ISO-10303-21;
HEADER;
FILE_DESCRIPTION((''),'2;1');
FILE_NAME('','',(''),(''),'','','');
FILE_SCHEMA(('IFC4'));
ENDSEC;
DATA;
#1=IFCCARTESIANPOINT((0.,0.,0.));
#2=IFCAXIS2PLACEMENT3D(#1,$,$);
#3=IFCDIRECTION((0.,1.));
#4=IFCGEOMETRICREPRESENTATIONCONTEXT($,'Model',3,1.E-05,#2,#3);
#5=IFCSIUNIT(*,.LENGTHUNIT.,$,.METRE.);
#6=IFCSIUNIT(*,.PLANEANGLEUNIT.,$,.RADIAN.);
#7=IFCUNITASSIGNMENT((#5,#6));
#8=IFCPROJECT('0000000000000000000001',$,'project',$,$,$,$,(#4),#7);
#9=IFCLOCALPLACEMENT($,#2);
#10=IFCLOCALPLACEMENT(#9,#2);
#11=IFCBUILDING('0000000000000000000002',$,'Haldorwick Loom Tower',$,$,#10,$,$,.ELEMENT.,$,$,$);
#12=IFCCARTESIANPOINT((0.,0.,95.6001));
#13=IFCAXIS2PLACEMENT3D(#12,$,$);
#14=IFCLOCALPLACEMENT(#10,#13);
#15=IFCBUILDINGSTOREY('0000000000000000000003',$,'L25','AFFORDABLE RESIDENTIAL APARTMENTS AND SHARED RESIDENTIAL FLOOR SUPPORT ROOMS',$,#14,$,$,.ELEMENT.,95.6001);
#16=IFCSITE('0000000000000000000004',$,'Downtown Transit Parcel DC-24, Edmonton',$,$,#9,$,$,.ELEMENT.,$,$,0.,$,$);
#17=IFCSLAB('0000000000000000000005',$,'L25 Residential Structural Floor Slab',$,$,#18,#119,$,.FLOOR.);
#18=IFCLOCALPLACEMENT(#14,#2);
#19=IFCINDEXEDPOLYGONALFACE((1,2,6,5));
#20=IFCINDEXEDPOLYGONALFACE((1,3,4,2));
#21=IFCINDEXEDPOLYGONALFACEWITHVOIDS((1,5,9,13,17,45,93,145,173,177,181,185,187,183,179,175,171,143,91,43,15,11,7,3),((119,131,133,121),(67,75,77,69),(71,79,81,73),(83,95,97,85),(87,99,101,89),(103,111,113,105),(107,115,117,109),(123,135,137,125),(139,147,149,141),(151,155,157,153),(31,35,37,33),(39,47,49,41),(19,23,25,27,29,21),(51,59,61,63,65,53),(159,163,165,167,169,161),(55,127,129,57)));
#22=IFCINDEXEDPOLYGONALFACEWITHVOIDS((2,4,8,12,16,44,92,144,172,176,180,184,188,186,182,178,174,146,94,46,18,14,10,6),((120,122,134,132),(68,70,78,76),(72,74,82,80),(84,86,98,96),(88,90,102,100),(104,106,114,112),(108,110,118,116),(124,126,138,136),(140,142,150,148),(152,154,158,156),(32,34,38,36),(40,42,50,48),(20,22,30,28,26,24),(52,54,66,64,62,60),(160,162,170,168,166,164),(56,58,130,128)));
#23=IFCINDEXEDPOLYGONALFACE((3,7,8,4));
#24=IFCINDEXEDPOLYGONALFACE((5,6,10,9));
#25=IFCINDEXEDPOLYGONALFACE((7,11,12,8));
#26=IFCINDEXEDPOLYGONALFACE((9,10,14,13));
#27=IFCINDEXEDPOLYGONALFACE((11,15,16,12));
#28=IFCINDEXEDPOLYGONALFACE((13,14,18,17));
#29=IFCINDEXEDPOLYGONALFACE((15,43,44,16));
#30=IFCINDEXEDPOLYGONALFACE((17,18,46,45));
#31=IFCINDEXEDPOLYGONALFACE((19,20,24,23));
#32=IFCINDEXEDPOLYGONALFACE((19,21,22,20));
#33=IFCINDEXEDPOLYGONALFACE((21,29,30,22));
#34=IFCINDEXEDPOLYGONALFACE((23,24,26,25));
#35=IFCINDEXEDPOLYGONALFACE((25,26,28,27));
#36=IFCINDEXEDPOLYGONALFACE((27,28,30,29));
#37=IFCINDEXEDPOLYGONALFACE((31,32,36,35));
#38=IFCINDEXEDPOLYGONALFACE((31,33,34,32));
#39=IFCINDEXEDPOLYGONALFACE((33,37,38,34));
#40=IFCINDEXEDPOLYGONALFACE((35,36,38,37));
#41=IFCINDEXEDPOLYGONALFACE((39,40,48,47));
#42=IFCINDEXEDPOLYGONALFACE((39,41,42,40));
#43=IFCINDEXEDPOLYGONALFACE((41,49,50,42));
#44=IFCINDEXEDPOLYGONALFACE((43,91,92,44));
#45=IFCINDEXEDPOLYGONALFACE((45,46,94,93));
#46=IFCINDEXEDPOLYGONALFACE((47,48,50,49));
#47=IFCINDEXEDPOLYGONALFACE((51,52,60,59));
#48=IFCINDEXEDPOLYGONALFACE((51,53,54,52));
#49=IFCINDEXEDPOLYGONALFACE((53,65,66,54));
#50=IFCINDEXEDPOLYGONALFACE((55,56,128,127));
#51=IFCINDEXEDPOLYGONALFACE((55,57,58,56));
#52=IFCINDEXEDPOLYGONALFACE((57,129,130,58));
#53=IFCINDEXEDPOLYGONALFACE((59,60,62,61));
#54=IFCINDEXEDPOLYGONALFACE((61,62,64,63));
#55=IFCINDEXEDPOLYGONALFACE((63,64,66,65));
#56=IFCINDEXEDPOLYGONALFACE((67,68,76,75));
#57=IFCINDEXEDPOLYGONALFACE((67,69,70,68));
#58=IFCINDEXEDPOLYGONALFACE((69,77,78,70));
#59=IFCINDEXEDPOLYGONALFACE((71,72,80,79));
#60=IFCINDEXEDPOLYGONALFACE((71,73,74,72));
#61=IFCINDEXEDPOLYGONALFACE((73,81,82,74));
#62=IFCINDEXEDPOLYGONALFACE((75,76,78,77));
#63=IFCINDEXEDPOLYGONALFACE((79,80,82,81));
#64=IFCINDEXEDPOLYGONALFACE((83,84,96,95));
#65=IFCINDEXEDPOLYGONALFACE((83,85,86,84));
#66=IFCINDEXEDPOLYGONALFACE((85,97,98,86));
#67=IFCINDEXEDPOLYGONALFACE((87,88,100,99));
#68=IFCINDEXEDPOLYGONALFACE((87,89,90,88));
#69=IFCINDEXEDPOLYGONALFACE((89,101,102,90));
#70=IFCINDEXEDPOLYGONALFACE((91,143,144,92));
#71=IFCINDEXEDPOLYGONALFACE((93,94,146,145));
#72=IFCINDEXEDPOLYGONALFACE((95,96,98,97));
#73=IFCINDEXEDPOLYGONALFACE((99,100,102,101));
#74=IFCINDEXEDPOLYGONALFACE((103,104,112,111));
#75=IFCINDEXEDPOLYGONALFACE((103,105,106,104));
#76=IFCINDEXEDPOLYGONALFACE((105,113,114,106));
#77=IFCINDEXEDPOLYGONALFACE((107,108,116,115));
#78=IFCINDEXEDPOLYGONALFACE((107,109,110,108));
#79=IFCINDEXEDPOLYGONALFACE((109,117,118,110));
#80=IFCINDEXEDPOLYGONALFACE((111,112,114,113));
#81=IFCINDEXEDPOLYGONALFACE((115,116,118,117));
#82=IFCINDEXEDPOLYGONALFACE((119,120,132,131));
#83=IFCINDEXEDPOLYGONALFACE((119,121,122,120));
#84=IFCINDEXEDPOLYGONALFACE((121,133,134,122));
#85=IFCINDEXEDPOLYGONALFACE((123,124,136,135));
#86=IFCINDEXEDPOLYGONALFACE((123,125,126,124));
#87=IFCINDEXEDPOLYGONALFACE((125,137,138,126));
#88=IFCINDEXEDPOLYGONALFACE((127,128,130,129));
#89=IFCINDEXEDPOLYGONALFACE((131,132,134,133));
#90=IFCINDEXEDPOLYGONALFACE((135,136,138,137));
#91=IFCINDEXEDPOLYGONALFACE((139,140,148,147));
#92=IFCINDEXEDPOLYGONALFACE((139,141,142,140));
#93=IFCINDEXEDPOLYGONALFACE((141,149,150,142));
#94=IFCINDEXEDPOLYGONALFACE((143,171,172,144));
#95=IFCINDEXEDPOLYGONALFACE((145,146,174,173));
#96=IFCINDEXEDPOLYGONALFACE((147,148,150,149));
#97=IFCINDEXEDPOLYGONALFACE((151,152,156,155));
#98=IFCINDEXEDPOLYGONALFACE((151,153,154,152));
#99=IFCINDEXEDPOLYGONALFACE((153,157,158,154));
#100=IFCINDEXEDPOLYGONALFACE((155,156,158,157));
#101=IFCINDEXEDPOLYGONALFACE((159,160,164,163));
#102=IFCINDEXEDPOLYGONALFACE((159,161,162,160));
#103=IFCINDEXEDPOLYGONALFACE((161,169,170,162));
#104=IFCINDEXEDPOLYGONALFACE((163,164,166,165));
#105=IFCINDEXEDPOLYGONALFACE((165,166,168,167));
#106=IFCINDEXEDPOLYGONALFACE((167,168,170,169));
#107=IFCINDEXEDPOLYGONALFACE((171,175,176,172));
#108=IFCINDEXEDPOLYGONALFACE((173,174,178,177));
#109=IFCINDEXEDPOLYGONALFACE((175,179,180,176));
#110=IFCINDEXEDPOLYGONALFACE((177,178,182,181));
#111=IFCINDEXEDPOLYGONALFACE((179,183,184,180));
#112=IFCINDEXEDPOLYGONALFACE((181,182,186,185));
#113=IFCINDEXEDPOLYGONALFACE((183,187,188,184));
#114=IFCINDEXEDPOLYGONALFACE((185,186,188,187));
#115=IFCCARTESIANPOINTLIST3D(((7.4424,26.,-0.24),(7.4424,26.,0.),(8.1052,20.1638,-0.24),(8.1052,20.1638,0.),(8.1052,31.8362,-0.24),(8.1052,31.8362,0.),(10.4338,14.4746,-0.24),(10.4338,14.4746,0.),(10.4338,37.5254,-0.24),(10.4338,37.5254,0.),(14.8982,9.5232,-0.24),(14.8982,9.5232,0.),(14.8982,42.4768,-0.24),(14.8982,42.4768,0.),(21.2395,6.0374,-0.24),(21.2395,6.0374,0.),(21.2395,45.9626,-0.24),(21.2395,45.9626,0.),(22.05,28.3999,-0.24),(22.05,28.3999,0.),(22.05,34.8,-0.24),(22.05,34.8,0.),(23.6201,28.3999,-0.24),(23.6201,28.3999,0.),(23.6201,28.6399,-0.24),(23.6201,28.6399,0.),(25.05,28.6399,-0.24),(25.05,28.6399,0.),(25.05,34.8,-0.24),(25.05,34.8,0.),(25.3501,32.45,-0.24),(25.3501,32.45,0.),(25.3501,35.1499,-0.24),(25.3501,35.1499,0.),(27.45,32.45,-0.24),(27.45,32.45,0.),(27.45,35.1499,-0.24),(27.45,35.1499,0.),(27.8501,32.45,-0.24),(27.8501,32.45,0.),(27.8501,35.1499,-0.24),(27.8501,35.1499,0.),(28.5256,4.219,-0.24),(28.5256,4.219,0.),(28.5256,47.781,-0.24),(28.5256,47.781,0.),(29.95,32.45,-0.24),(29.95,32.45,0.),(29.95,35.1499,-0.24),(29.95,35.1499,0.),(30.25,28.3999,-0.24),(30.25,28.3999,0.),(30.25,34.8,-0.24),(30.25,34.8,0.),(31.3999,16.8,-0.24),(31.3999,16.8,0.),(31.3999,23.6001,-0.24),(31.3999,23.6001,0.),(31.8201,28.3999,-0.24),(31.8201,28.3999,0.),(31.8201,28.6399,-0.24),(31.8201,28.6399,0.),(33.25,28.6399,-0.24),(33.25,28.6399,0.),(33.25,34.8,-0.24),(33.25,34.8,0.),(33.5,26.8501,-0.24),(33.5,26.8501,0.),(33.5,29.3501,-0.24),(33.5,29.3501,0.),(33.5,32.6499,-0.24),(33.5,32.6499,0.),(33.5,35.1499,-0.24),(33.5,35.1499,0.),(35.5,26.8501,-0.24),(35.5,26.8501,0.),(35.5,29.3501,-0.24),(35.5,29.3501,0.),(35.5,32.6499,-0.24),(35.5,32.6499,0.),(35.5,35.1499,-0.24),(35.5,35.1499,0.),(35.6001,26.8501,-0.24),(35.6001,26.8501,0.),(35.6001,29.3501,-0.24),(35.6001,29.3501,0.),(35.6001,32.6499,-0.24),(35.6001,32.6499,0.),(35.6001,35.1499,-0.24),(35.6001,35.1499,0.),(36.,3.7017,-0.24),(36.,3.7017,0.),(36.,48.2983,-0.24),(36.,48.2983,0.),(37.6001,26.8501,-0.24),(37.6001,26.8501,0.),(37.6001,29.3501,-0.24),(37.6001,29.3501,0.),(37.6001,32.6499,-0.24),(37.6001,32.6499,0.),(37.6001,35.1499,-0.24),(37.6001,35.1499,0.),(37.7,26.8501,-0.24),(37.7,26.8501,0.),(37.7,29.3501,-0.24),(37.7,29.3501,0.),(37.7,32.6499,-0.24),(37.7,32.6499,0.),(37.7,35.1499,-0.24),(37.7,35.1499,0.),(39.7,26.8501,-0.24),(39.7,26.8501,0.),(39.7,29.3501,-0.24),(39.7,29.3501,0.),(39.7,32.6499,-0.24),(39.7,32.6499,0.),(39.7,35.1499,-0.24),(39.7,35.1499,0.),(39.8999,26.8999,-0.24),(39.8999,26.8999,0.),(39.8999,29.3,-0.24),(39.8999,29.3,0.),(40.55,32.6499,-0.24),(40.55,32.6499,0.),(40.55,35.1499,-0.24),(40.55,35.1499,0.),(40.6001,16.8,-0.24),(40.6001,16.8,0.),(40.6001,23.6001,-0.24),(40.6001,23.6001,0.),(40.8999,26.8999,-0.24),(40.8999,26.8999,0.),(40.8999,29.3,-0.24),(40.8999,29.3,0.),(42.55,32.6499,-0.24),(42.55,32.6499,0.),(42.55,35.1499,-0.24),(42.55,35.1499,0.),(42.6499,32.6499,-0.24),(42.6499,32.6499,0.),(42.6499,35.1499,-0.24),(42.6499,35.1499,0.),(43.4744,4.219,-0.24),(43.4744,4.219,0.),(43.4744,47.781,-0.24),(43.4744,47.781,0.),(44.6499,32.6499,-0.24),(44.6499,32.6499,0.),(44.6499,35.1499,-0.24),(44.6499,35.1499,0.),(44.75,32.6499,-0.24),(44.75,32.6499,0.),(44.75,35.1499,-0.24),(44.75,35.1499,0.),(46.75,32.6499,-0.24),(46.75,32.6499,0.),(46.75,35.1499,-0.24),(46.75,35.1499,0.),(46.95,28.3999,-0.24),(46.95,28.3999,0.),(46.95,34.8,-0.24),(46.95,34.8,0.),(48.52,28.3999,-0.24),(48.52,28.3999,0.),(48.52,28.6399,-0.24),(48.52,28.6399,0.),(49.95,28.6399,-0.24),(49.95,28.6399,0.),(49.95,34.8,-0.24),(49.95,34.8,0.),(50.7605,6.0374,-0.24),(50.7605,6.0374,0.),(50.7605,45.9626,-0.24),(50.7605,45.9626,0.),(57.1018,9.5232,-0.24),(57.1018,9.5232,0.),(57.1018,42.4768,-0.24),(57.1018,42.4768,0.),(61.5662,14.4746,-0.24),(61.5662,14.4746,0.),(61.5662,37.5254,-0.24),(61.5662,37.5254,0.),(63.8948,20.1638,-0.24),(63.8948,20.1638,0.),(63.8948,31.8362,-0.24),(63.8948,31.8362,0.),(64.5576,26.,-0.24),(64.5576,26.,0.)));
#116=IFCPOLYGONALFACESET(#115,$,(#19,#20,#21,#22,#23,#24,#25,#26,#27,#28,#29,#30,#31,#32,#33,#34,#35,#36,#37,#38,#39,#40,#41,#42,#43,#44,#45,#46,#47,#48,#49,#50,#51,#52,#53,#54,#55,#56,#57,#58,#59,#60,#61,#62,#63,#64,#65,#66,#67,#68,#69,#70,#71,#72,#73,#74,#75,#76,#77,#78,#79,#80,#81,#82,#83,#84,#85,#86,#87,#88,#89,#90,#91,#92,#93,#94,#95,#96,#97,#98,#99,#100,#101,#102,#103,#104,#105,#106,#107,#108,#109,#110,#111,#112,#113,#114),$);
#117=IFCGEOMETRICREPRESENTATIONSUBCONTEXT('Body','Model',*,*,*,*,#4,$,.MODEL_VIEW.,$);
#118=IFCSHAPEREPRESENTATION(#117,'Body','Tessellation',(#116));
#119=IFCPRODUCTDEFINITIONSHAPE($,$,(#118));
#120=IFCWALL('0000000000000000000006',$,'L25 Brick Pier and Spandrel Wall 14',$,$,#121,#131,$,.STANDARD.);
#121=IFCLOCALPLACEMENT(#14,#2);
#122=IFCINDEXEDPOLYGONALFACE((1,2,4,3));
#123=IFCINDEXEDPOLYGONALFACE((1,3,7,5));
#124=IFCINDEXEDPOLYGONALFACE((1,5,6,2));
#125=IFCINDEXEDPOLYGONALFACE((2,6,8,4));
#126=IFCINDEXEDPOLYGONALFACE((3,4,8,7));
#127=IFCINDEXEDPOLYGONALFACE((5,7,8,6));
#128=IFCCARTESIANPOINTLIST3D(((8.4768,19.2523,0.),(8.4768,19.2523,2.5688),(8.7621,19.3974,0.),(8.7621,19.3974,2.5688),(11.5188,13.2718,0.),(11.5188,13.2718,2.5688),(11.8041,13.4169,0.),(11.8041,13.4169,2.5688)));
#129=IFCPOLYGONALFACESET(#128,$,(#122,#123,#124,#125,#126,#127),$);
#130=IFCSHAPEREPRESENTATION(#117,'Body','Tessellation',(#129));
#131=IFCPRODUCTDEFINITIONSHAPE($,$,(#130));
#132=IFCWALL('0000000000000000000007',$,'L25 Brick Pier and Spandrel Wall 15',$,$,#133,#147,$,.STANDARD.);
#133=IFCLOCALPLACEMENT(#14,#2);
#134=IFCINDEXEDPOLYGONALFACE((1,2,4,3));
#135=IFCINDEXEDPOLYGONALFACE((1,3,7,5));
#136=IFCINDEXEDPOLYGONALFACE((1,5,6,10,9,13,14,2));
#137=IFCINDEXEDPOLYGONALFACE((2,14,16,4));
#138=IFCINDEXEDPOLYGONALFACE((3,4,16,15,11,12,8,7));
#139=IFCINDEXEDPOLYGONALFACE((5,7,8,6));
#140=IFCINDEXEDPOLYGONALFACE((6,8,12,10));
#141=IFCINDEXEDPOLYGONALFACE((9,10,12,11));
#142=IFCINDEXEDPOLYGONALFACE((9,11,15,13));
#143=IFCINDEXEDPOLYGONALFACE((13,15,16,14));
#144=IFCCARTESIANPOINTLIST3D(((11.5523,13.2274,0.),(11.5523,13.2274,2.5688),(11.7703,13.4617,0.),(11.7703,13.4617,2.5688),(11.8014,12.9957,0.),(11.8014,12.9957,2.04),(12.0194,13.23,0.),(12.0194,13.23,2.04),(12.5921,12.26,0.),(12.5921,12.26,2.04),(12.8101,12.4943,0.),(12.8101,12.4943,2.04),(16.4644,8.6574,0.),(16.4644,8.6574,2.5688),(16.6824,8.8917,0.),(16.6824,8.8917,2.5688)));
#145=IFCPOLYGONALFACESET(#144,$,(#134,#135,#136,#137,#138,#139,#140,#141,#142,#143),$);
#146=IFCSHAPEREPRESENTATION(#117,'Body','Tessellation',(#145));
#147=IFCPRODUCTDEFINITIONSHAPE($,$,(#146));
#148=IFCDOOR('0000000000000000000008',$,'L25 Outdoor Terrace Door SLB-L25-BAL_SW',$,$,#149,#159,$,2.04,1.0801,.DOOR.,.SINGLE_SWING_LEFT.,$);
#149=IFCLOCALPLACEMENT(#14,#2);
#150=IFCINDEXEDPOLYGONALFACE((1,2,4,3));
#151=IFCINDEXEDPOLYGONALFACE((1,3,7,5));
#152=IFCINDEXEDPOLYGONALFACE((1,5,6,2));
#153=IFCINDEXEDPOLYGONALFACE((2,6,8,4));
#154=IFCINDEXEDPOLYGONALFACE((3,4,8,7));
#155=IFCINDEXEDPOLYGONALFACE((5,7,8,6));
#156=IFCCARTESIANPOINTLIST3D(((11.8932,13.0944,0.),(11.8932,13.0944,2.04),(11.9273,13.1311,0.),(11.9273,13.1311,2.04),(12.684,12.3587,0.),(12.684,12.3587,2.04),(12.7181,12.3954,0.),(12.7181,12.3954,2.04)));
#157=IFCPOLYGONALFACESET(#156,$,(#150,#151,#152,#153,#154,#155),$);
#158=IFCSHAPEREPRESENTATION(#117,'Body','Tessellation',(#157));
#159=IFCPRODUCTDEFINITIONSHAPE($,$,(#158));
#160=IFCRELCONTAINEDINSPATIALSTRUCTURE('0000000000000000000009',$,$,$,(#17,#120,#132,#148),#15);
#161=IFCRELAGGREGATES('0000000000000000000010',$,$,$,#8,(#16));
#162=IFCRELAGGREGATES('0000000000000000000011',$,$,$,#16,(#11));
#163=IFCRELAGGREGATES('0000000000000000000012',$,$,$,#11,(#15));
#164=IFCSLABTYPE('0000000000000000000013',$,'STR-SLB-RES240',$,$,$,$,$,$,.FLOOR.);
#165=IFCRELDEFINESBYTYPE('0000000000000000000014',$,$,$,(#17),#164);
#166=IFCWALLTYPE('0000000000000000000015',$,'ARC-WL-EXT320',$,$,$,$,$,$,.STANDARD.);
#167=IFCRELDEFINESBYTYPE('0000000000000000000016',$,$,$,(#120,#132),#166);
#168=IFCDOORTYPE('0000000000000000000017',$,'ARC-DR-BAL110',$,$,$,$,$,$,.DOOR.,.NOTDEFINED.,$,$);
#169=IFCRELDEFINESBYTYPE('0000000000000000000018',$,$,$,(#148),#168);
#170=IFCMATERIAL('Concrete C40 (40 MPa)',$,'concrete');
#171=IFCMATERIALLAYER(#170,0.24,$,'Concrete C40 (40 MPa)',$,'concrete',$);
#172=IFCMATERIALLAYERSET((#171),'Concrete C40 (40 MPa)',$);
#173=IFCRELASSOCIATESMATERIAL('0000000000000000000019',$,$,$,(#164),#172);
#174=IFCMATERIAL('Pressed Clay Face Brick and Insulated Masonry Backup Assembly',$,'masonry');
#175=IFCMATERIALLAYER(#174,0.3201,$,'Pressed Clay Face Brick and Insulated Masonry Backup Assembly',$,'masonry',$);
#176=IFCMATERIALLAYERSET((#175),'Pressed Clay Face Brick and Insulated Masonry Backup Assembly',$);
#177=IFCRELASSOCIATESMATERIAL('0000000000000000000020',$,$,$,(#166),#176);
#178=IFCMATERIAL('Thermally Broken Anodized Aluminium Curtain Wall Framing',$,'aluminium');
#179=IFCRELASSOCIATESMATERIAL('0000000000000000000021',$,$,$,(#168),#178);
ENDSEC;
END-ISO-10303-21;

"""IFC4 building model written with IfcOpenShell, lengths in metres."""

from ifc_helpers import new_model, si_unit, direction, frame, frame_2d, origin, place, context, subcontext, project, spatial, polyline, rectangle, outline, extrude, material, layer, layer_set, type_object, element, fill, save


model = new_model("IFC4")

# Units and contexts
model_context = context("Model", 3, precision=1e-05, world=origin(), true_north=direction((0.0, 1.0)))
body_context = subcontext(model_context, "Body", "Model", "MODEL_VIEW")
ifc_project = project(units=[si_unit("LENGTHUNIT", "METRE"), si_unit("PLANEANGLEUNIT", "RADIAN")], contexts=[model_context])

# Site, building, storey
site_placement = place(None, origin())
site = spatial("IfcSite", under=ifc_project, at=site_placement, Name="Downtown Transit Parcel DC-24, Edmonton", CompositionType="ELEMENT", RefElevation=0.0)
building_placement = place(site_placement, origin())
building = spatial("IfcBuilding", under=site, at=building_placement, Name="Haldorwick Loom Tower", CompositionType="ELEMENT")
storey_placement = place(building_placement, frame((0.0, 0.0, 95.6001)))
storey = spatial("IfcBuildingStorey", under=building, at=storey_placement, Name="L25", Description="AFFORDABLE RESIDENTIAL APARTMENTS AND SHARED RESIDENTIAL FLOOR SUPPORT ROOMS", CompositionType="ELEMENT", Elevation=95.6001)

# Shared definitions
ifc_material_1 = material(Name="Concrete C40 (40 MPa)", Category="concrete")

# Slab
ifc_layer_1 = layer(ifc_material_1, 0.24, Name="Concrete C40 (40 MPa)", Category="concrete")
ifc_layer_set_1 = layer_set([ifc_layer_1], Name="Concrete C40 (40 MPa)")
slab_type_1 = type_object("IfcSlabType", Name="STR-SLB-RES240", PredefinedType="FLOOR", material=ifc_layer_set_1)
slab_1_placement = place(storey_placement, frame((0.0, 0.0, -0.24)))
element("IfcSlab", 1, at=slab_1_placement, inside=storey, type_object=slab_type_1, Name="L25 Residential Structural Floor Slab", PredefinedType="FLOOR", context=body_context, shape_type="SweptSolid", body=[
    extrude(outline(polyline([(57.1018, 9.5232), (61.5662, 14.4746), (63.8948, 20.1638), (64.5576, 26.0), (63.8948, 31.8362), (61.5662, 37.5254), (57.1018, 42.4768), (50.7605, 45.9626), (43.4744, 47.781), (36.0, 48.2983), (28.5256, 47.781), (21.2395, 45.9626), (14.8982, 42.4768), (10.4338, 37.5254), (8.1052, 31.8362), (7.4424, 26.0), (8.1052, 20.1638), (10.4338, 14.4746), (14.8982, 9.5232), (21.2395, 6.0374), (28.5256, 4.219), (36.0, 3.7017), (43.4744, 4.219), (50.7605, 6.0374), (57.1018, 9.5232)]), holes=[polyline([(31.3999, 23.6001), (40.6001, 23.6001), (40.6001, 16.8), (31.3999, 16.8), (31.3999, 23.6001)]), polyline([(33.5, 26.8501), (33.5, 29.3501), (35.5, 29.3501), (35.5, 26.8501), (33.5, 26.8501)]), polyline([(22.05, 28.3999), (22.05, 34.8), (25.05, 34.8), (25.05, 28.6399), (23.6201, 28.6399), (23.6201, 28.3999), (22.05, 28.3999)]), polyline([(30.25, 28.3999), (30.25, 34.8), (33.25, 34.8), (33.25, 28.6399), (31.8201, 28.6399), (31.8201, 28.3999), (30.25, 28.3999)]), polyline([(25.3501, 32.45), (25.3501, 35.1499), (27.45, 35.1499), (27.45, 32.45), (25.3501, 32.45)]), polyline([(27.8501, 32.45), (27.8501, 35.1499), (29.95, 35.1499), (29.95, 32.45), (27.8501, 32.45)]), polyline([(33.5, 32.6499), (33.5, 35.1499), (35.5, 35.1499), (35.5, 32.6499), (33.5, 32.6499)]), polyline([(35.6001, 32.6499), (35.6001, 35.1499), (37.6001, 35.1499), (37.6001, 32.6499), (35.6001, 32.6499)]), polyline([(35.6001, 26.8501), (35.6001, 29.3501), (37.6001, 29.3501), (37.6001, 26.8501), (35.6001, 26.8501)]), polyline([(37.7, 26.8501), (37.7, 29.3501), (39.7, 29.3501), (39.7, 26.8501), (37.7, 26.8501)]), polyline([(39.8999, 26.8999), (39.8999, 29.3), (40.8999, 29.3), (40.8999, 26.8999), (39.8999, 26.8999)]), polyline([(46.95, 28.3999), (46.95, 34.8), (49.95, 34.8), (49.95, 28.6399), (48.52, 28.6399), (48.52, 28.3999), (46.95, 28.3999)]), polyline([(37.7, 32.6499), (37.7, 35.1499), (39.7, 35.1499), (39.7, 32.6499), (37.7, 32.6499)]), polyline([(40.55, 32.6499), (40.55, 35.1499), (42.55, 35.1499), (42.55, 32.6499), (40.55, 32.6499)]), polyline([(42.6499, 32.6499), (42.6499, 35.1499), (44.6499, 35.1499), (44.6499, 32.6499), (42.6499, 32.6499)]), polyline([(44.75, 32.6499), (44.75, 35.1499), (46.75, 35.1499), (46.75, 32.6499), (44.75, 32.6499)])]), origin(), (0.0, 0.0, 1.0), 0.24),
])

# Wall
ifc_material_2 = material(Name="Pressed Clay Face Brick and Insulated Masonry Backup Assembly", Category="masonry")
ifc_layer_2 = layer(ifc_material_2, 0.3201, Name="Pressed Clay Face Brick and Insulated Masonry Backup Assembly", Category="masonry")
ifc_layer_set_2 = layer_set([ifc_layer_2], Name="Pressed Clay Face Brick and Insulated Masonry Backup Assembly")
wall_type_1 = type_object("IfcWallType", Name="ARC-WL-EXT320", PredefinedType="STANDARD", material=ifc_layer_set_2)
wall_1_placement = place(storey_placement, frame((8.6194, 19.325, 0.0), z_axis=(0.0, 0.0, 1.0), x_axis=(0.453374, -0.89132, 0.0)))
element("IfcWall", 2, at=wall_1_placement, inside=storey, type_object=wall_type_1, Name="L25 Brick Pier and Spandrel Wall 14", PredefinedType="STANDARD", context=body_context, shape_type="SweptSolid", body=[
    extrude(rectangle(XDim=6.7097, YDim=0.3201, at=frame_2d((3.355, 0.0))), origin(), (0.0, 0.0, 1.0), 2.5688),
])

# Wall, opening, door
wall_2_placement = place(storey_placement, frame((11.6614, 13.3445, 0.0), z_axis=(0.0, 0.0, 1.0), x_axis=(0.732137, -0.681157, 0.0)))
wall_2 = element("IfcWall", 3, at=wall_2_placement, inside=storey, type_object=wall_type_1, Name="L25 Brick Pier and Spandrel Wall 15", PredefinedType="STANDARD", context=body_context, shape_type="SweptSolid", body=[
    extrude(rectangle(XDim=6.7092, YDim=0.3201, at=frame_2d((3.3545, 0.0))), origin(), (0.0, 0.0, 1.0), 2.5688),
])
opening_1_placement = place(wall_2_placement, frame((0.3401, 0.0, 0.0)))
opening_1 = element("IfcOpeningElement", 4, at=opening_1_placement, cuts=wall_2, PredefinedType="OPENING", context=body_context, shape_type="SweptSolid", body=[
    extrude(rectangle(XDim=1.0801, YDim=2.04, at=frame_2d((0.54, 1.02))), frame((0.0, 0.1699, 0.0), z_axis=(0.0, -1.0, 0.0), x_axis=(1.0, 0.0, 0.0)), (0.0, 0.0, 1.0), 0.3401),
])
ifc_material_3 = material(Name="Thermally Broken Anodized Aluminium Curtain Wall Framing", Category="aluminium")
door_type_1 = type_object("IfcDoorType", Name="ARC-DR-BAL110", OperationType="NOTDEFINED", PredefinedType="DOOR", material=ifc_material_3)
door_1_placement = place(opening_1_placement, origin())
door_1 = element("IfcDoor", 5, at=door_1_placement, inside=storey, type_object=door_type_1, Name="L25 Outdoor Terrace Door SLB-L25-BAL_SW", OperationType="SINGLE_SWING_LEFT", OverallHeight=2.04, OverallWidth=1.0801, PredefinedType="DOOR", context=body_context, shape_type="SweptSolid", body=[
    extrude(rectangle(XDim=1.0801, YDim=2.04, at=frame_2d((0.54, 1.02))), frame((0.0, 0.0249, 0.0), z_axis=(0.0, -1.0, 0.0), x_axis=(1.0, 0.0, 0.0)), (0.0, 0.0, 1.0), 0.05),
])
fill(opening_1, door_1)

save(model, "model.ifc")
